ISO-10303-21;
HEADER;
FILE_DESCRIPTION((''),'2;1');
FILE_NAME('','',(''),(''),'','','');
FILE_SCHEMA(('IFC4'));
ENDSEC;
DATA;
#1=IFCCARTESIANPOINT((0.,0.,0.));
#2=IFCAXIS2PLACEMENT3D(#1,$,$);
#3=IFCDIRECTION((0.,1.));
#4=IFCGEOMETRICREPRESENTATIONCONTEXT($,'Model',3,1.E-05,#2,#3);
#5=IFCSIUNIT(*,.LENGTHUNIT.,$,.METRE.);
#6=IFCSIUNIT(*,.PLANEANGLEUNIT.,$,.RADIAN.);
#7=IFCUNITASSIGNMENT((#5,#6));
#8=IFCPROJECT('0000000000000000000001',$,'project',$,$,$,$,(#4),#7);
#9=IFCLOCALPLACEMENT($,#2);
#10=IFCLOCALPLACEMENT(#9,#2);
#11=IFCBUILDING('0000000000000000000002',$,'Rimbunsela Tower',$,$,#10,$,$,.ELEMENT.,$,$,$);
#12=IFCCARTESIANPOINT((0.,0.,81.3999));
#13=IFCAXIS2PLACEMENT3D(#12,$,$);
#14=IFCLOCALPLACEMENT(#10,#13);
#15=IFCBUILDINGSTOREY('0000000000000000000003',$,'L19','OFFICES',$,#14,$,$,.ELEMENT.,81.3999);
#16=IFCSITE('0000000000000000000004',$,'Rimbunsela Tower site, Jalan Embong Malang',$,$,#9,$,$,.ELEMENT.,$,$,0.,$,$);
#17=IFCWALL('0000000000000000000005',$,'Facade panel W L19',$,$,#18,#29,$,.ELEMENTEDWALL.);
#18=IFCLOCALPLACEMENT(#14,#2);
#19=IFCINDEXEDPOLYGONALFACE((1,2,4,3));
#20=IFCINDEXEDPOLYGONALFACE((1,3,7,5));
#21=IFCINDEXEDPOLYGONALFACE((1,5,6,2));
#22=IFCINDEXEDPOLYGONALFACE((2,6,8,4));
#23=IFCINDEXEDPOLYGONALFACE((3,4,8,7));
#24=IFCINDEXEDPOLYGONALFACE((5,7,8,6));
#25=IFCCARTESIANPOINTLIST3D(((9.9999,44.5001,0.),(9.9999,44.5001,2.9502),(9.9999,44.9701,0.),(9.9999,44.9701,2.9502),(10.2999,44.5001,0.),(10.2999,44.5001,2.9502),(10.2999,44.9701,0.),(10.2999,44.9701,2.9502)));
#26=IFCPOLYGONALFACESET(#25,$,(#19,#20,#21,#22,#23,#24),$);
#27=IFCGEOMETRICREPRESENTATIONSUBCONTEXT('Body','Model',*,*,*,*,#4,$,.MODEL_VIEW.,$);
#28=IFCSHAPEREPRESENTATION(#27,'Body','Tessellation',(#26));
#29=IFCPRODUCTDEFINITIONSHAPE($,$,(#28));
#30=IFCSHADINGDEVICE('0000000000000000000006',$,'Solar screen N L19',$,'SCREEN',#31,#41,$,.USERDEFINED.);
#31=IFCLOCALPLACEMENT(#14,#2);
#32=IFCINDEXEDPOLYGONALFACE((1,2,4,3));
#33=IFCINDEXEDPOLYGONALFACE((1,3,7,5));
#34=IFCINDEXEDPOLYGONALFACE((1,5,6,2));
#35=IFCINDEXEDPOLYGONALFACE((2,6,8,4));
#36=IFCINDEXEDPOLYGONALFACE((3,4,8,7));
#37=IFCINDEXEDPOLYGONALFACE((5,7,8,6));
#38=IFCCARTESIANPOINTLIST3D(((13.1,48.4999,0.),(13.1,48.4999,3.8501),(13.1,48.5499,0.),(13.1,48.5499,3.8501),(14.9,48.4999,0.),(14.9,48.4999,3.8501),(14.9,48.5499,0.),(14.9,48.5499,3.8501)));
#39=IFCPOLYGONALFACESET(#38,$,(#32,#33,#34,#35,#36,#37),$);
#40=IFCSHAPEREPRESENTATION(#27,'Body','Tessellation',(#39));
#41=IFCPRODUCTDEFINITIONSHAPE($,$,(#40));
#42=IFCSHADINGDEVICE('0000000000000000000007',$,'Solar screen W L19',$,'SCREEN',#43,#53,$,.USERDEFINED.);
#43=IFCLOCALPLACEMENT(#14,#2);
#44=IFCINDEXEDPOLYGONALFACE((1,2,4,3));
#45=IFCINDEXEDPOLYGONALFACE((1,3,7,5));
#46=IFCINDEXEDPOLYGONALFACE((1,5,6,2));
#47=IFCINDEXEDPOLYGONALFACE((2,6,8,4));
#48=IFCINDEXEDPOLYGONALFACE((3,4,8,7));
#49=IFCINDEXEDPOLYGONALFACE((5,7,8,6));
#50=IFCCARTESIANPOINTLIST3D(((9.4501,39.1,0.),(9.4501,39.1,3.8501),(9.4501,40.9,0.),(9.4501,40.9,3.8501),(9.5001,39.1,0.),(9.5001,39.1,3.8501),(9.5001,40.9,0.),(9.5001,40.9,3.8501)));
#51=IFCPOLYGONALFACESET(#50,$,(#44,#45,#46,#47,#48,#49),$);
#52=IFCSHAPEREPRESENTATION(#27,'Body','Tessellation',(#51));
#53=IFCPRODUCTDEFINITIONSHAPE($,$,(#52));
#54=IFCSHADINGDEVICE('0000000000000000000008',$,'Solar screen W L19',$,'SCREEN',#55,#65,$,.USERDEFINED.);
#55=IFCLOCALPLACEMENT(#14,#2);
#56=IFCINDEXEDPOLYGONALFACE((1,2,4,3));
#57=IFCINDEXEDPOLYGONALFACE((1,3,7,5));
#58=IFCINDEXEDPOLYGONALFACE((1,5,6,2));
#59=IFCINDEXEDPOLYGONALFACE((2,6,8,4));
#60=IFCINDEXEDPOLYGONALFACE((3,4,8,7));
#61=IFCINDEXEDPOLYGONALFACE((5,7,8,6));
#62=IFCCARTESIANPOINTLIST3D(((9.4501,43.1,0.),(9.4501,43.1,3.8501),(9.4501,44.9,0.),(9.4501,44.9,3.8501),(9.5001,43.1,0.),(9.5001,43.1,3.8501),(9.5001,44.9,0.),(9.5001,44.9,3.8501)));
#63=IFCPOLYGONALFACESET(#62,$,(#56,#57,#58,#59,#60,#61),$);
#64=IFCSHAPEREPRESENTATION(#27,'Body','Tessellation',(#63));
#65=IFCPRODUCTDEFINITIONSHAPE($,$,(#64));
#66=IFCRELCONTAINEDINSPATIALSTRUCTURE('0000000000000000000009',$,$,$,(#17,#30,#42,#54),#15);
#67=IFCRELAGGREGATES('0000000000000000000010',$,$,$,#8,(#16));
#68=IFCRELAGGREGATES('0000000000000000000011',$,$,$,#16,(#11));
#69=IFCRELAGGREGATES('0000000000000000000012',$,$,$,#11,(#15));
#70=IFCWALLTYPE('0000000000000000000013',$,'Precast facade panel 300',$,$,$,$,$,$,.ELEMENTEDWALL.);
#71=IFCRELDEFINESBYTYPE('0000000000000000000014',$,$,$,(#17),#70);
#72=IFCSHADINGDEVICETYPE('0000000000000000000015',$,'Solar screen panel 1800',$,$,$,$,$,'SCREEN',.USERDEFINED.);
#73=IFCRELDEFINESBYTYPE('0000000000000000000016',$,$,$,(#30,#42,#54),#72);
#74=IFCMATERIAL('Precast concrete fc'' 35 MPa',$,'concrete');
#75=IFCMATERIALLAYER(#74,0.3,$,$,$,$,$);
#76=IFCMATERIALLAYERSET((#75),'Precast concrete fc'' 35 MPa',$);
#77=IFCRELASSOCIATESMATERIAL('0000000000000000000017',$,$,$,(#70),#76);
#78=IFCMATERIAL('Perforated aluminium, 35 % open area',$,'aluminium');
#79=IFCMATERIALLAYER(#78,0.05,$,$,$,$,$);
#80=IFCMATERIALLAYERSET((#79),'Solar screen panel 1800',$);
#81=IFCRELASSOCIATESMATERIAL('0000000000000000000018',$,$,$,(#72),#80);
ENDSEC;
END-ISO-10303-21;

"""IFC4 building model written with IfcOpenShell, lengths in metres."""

from ifc_helpers import new_model, si_unit, direction, frame, frame_2d, origin, origin_2d, place, context, subcontext, project, spatial, rectangle, extrude, material, layer, layer_set, type_object, element, save


model = new_model("IFC4")

# Units and contexts
model_context = context("Model", 3, precision=1e-05, world=origin(), true_north=direction((0.0, 1.0)))
body_context = subcontext(model_context, "Body", "Model", "MODEL_VIEW")
ifc_project = project(units=[si_unit("LENGTHUNIT", "METRE"), si_unit("PLANEANGLEUNIT", "RADIAN")], contexts=[model_context])

# Site, building, storey
site_placement = place(None, origin())
site = spatial("IfcSite", under=ifc_project, at=site_placement, Name="Rimbunsela Tower site, Jalan Embong Malang", CompositionType="ELEMENT", RefElevation=0.0)
building_placement = place(site_placement, origin())
building = spatial("IfcBuilding", under=site, at=building_placement, Name="Rimbunsela Tower", CompositionType="ELEMENT")
storey_placement = place(building_placement, frame((0.0, 0.0, 81.3999)))
storey = spatial("IfcBuildingStorey", under=building, at=storey_placement, Name="L19", Description="OFFICES", CompositionType="ELEMENT", Elevation=81.3999)

# Shared definitions
ifc_material_1 = material(Name="Precast concrete fc' 35 MPa", Category="concrete")
ifc_layer_1 = layer(ifc_material_1, 0.3)
ifc_layer_set_1 = layer_set([ifc_layer_1], Name="Precast concrete fc' 35 MPa")
wall_type = type_object("IfcWallType", Name="Precast facade panel 300", PredefinedType="ELEMENTEDWALL", material=ifc_layer_set_1)

# Wall
wall_1_placement = place(storey_placement, frame((10.1499, 44.97, 0.0), z_axis=(0.0, 0.0, 1.0), x_axis=(0.0, -1.0, 0.0)))
element("IfcWall", 1, at=wall_1_placement, inside=storey, type_object=wall_type, Name="Facade panel W L19", PredefinedType="ELEMENTEDWALL", context=body_context, shape_type="SweptSolid", body=[
    extrude(rectangle(XDim=0.47, YDim=0.3, at=frame_2d((0.2349, 0.0))), origin(), (0.0, 0.0, 1.0), 2.9502),
])

# Shading devices
ifc_material_2 = material(Name="Perforated aluminium, 35 % open area", Category="aluminium")
ifc_layer_2 = layer(ifc_material_2, 0.05)
ifc_layer_set_2 = layer_set([ifc_layer_2], Name="Solar screen panel 1800")
shading_device_type = type_object("IfcShadingDeviceType", Name="Solar screen panel 1800", ElementType="SCREEN", PredefinedType="USERDEFINED", material=ifc_layer_set_2)
for number, where, z_axis, x_axis, name in (
    (2, (14.0, 48.5249, 0.0), (0.0, 0.0, 1.0), (1.0, 0.0, 0.0), "Solar screen N L19"),
    (3, (9.4751, 40.0, 0.0), (0.0, 0.0, 1.0), (0.0, 1.0, 0.0), "Solar screen W L19"),
    (4, (9.4751, 44.0, 0.0), (0.0, 0.0, 1.0), (0.0, 1.0, 0.0), "Solar screen W L19"),
):
    element("IfcShadingDevice", number, at=place(storey_placement, frame(where, z_axis=z_axis, x_axis=x_axis)), inside=storey, type_object=shading_device_type, Name=name, ObjectType="SCREEN", PredefinedType="USERDEFINED", context=body_context, shape_type="SweptSolid", body=[
        extrude(rectangle(XDim=1.8, YDim=0.05, at=origin_2d()), origin(), (0.0, 0.0, 1.0), 3.8501),
    ])

save(model, "model.ifc")
